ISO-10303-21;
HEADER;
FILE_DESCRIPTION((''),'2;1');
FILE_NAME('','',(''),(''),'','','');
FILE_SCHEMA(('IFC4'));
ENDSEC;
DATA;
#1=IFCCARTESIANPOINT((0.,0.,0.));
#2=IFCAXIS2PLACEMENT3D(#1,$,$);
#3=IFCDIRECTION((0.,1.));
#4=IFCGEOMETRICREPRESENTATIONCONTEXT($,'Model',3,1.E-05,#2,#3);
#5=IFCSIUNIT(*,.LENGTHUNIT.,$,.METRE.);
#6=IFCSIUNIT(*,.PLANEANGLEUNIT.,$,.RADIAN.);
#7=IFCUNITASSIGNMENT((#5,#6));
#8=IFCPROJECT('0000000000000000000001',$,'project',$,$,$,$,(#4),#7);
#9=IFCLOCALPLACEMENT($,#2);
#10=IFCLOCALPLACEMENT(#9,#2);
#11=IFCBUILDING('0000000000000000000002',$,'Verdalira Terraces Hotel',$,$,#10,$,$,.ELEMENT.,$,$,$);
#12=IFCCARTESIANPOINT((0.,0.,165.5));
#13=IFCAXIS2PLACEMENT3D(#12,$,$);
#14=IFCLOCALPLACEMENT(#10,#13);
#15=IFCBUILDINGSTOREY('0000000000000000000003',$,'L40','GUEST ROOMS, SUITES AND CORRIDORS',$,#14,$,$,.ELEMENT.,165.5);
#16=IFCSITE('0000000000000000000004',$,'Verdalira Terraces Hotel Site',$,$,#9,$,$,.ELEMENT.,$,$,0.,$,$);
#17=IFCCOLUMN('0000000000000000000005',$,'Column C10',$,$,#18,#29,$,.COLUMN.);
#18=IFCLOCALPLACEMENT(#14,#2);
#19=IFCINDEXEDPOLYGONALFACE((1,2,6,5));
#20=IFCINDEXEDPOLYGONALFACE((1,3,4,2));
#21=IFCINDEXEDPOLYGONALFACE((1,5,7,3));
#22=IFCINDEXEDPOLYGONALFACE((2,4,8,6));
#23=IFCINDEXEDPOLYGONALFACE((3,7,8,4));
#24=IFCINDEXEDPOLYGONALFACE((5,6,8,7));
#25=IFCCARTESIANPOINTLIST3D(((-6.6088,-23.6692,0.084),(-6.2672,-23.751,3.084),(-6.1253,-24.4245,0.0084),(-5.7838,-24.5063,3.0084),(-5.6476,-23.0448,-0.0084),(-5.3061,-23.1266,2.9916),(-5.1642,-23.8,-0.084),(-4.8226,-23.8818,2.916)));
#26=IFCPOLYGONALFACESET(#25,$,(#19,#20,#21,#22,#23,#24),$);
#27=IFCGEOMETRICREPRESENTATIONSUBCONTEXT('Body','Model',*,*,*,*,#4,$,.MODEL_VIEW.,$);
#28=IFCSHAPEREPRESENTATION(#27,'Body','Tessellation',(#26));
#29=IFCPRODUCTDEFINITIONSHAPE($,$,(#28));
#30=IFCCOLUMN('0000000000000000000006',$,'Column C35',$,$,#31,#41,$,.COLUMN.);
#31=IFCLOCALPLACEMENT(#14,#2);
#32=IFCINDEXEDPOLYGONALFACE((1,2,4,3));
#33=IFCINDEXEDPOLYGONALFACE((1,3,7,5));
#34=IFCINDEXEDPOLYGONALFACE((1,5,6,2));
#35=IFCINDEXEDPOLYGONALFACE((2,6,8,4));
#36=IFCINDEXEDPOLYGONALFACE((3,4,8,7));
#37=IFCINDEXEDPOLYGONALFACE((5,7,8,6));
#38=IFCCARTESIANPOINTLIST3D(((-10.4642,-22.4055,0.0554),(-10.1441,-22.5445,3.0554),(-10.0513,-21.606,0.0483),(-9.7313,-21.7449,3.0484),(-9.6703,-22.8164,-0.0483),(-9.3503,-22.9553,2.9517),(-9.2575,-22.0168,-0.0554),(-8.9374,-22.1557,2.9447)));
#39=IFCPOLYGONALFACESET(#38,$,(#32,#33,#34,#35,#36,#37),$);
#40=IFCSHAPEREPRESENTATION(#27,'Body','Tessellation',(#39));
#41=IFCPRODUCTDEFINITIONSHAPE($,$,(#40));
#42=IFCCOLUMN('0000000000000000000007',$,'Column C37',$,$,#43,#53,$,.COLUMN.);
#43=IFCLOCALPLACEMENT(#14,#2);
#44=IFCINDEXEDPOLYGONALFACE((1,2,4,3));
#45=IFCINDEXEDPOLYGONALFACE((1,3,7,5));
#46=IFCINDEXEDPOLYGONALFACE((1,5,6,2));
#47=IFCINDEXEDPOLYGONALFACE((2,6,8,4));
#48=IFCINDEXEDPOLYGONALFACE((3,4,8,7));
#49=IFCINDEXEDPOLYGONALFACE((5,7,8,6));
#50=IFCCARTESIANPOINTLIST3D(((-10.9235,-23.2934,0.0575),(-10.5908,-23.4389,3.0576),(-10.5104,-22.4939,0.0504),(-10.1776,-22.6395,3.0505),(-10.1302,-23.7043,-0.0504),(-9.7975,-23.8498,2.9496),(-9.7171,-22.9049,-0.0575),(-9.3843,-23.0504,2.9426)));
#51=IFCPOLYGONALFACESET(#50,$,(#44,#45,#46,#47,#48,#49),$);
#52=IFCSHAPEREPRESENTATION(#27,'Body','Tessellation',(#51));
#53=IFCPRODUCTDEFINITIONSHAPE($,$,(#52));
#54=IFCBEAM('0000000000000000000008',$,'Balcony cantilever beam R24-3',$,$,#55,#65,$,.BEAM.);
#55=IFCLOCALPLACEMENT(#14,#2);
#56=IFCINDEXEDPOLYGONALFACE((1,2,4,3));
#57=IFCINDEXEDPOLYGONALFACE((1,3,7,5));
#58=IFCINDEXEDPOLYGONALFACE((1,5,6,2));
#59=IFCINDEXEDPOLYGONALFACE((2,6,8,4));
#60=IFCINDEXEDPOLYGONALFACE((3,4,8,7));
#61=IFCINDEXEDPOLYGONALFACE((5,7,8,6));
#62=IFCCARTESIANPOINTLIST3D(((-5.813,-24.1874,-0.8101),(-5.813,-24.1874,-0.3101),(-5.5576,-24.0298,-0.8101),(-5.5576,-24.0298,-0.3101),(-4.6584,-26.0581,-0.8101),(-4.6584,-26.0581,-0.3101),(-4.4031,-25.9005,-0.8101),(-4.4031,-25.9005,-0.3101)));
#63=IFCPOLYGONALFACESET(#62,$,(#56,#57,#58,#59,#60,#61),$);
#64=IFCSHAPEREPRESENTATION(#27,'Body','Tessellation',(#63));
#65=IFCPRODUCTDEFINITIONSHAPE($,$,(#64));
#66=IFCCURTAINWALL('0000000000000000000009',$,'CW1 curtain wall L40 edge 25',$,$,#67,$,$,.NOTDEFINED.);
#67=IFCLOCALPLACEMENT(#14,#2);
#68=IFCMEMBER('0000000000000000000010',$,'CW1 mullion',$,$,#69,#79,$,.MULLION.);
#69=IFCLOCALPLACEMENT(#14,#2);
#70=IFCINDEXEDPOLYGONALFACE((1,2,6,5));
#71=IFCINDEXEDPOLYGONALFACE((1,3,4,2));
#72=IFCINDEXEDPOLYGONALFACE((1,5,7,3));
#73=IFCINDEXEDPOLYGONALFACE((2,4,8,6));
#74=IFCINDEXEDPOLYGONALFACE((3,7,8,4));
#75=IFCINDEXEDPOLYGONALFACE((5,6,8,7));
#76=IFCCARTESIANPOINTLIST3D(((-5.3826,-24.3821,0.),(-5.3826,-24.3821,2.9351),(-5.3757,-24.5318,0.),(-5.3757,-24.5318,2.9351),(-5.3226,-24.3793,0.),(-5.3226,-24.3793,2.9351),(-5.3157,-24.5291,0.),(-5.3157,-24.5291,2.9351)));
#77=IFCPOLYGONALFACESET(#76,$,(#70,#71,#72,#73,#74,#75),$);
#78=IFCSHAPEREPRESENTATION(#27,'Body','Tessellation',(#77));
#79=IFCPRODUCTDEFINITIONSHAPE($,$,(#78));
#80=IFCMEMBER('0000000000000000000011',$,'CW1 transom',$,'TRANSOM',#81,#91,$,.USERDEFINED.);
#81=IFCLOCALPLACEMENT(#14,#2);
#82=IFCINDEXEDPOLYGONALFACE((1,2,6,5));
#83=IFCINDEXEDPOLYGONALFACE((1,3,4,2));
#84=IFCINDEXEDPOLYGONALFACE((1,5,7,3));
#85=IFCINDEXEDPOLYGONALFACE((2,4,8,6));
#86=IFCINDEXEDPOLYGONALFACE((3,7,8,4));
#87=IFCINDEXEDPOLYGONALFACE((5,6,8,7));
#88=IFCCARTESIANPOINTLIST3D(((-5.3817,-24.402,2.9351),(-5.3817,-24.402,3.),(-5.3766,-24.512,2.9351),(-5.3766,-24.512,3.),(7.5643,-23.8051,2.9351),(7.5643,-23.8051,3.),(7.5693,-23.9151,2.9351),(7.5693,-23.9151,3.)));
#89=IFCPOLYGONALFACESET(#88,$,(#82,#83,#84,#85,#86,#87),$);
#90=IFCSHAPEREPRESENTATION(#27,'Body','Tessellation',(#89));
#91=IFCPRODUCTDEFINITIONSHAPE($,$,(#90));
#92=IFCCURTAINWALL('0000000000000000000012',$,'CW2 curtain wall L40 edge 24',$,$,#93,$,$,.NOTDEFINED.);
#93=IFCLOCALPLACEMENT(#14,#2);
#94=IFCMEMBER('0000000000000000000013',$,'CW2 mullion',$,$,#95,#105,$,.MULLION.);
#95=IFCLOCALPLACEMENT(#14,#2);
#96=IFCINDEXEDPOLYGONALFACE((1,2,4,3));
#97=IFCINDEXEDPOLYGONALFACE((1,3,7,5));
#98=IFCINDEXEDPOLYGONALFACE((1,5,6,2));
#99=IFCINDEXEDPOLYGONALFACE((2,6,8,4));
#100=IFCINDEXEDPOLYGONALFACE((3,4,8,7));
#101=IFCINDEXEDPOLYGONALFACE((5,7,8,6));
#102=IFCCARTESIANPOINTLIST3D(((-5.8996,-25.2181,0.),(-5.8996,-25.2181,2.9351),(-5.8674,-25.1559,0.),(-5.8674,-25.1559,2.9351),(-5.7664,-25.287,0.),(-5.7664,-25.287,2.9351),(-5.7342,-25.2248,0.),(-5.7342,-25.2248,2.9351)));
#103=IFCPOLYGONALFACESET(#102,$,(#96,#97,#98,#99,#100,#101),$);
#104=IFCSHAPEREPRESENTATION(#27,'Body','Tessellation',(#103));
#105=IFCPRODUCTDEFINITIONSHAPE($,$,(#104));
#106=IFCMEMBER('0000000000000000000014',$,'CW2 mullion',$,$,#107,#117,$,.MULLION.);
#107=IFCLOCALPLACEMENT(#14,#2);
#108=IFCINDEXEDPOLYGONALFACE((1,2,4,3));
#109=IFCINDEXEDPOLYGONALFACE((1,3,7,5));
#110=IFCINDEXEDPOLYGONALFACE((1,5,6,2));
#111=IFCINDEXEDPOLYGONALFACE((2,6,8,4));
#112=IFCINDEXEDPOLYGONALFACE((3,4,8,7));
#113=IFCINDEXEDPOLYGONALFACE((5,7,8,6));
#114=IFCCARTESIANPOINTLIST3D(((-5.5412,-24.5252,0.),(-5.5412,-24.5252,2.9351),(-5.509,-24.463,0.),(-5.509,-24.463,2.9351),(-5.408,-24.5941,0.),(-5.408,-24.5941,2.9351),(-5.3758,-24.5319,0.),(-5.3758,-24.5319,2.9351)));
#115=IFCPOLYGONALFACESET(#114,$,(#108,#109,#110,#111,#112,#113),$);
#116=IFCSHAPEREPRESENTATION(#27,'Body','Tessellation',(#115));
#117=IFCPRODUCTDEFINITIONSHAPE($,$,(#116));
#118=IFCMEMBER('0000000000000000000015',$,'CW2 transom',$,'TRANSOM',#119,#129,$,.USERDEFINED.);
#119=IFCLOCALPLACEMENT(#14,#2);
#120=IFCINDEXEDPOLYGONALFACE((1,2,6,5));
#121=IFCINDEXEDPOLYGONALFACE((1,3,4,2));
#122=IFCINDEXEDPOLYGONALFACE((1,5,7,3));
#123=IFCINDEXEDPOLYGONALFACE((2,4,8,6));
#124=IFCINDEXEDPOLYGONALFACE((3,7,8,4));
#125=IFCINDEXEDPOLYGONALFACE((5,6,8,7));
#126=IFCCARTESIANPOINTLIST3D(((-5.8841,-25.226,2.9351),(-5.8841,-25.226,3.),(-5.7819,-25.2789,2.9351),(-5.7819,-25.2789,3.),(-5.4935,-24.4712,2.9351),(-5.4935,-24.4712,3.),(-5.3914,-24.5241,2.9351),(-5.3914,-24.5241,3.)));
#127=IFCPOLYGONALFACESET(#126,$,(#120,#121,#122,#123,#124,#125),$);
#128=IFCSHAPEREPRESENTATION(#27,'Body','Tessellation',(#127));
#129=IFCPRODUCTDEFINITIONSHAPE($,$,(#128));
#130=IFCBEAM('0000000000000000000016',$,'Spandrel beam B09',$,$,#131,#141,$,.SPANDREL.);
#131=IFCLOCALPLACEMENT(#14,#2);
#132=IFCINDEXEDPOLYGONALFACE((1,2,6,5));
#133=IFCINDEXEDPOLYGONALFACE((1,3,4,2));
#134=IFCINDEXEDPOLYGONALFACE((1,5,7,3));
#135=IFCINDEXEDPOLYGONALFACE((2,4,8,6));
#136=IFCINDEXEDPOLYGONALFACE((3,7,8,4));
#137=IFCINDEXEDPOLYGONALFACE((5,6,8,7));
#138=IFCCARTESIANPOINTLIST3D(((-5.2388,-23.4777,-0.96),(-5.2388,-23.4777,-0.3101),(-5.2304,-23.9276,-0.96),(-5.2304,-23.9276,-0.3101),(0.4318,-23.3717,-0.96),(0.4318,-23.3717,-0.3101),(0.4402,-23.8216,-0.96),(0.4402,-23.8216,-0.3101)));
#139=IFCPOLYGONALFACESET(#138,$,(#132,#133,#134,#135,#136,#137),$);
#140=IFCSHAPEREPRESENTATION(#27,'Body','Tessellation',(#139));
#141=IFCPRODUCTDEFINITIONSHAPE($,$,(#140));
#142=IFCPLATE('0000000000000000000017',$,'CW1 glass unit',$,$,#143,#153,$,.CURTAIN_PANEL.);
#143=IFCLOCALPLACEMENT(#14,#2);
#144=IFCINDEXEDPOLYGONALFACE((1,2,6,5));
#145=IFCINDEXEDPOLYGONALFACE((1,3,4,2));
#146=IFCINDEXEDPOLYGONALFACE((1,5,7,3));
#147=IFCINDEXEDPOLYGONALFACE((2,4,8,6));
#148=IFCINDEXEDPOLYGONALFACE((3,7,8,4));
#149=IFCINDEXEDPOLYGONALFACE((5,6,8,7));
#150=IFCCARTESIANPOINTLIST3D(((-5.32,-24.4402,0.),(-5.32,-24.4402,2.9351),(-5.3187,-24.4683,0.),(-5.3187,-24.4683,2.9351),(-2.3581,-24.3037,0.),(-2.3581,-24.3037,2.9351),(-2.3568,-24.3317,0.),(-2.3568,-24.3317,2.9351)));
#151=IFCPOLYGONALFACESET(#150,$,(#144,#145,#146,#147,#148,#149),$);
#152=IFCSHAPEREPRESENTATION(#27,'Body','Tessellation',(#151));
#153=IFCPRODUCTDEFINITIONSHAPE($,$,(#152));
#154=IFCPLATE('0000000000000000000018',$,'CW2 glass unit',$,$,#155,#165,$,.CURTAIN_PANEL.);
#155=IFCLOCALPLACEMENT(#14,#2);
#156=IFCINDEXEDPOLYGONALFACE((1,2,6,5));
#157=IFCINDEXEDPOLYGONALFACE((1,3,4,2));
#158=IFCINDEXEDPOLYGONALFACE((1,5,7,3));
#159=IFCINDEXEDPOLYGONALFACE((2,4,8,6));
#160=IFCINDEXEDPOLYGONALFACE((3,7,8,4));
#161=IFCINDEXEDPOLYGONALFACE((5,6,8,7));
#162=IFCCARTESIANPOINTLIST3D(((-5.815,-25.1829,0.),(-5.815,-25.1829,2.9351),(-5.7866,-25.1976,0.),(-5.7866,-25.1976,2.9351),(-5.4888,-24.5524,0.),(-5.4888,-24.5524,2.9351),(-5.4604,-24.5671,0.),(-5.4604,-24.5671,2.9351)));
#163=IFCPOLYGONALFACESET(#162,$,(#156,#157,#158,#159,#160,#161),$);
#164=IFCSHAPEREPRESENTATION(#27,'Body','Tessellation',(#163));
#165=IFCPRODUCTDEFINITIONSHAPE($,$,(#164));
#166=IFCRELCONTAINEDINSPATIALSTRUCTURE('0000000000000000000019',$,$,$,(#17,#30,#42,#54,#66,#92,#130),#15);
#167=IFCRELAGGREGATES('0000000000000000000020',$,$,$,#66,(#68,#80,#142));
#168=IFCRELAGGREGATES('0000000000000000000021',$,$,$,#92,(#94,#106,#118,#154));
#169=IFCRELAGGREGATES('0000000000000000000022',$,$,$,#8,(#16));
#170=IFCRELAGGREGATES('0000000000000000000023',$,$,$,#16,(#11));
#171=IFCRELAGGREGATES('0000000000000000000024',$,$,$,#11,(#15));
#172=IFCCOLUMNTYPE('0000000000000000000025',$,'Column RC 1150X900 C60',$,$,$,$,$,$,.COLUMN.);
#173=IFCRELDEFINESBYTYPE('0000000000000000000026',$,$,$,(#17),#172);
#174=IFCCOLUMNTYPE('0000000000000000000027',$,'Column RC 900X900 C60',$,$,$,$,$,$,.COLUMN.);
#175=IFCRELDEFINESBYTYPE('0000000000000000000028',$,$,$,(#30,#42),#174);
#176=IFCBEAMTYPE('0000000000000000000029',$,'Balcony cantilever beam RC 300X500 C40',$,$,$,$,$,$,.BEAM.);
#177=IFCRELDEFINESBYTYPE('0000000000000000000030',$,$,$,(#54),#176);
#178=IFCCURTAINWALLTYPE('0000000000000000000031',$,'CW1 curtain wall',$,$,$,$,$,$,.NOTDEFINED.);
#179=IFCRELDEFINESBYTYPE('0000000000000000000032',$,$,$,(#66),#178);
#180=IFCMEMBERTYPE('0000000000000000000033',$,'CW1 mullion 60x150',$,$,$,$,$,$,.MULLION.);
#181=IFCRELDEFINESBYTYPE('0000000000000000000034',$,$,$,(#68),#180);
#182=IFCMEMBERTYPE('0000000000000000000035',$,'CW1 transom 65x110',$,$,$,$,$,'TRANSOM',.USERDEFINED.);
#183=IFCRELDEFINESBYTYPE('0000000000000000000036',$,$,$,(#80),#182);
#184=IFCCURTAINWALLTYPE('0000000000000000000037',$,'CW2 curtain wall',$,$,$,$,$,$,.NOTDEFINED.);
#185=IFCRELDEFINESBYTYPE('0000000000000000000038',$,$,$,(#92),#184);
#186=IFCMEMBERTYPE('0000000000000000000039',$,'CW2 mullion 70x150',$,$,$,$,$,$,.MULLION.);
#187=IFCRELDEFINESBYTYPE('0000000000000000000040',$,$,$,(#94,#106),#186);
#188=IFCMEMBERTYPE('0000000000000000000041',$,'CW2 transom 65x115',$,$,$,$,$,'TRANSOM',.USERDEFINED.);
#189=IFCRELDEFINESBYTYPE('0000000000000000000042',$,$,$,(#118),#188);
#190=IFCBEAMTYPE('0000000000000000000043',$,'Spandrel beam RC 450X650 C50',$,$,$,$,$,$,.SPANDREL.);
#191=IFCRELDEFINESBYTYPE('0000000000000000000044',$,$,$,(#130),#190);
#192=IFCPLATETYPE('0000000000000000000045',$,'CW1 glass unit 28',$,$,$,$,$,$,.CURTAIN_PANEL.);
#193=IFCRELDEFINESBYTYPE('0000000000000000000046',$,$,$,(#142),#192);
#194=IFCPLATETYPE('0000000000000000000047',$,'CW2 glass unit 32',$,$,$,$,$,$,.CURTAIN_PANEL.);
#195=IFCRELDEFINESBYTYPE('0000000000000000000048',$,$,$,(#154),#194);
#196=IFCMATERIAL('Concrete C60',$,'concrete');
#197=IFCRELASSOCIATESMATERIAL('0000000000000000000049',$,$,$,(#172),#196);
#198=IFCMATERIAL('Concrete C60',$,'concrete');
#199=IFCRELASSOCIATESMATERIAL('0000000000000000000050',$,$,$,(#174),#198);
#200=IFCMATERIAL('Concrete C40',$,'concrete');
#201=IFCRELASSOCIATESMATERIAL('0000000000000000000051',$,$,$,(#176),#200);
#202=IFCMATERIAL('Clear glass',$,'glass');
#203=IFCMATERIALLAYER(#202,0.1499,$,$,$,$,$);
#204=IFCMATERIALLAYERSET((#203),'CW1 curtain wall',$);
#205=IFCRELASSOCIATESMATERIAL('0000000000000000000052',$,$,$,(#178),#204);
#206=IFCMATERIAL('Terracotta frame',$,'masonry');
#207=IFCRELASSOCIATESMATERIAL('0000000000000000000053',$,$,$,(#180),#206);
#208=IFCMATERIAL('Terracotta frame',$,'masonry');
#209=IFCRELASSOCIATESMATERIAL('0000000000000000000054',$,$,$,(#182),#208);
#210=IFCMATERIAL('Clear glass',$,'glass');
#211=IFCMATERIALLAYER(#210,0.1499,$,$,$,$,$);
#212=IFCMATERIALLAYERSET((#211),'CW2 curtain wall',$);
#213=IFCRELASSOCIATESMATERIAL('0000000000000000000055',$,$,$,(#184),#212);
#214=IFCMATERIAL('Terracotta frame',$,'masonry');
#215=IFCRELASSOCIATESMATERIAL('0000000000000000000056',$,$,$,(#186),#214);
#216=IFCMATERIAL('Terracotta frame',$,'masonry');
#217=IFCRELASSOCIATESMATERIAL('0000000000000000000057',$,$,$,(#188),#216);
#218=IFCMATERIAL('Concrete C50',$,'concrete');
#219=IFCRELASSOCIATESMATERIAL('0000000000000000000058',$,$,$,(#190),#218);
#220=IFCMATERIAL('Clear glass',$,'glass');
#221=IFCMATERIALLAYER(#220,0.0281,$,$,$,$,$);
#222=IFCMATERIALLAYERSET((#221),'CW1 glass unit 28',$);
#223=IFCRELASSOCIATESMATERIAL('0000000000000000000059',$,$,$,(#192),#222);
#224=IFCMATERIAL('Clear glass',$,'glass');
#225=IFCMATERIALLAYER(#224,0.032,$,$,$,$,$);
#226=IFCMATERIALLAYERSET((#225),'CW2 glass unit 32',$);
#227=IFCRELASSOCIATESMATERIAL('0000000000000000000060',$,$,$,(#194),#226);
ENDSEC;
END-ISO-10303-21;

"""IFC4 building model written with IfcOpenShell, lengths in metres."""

from ifc_helpers import new_model, si_unit, direction, frame, origin, origin_2d, place, context, subcontext, project, spatial, rectangle, extrude, material, layer, layer_set, material_profile, profile_set, type_object, element, aggregate, save


model = new_model("IFC4")

# Units and contexts
model_context = context("Model", 3, precision=1e-05, world=origin(), true_north=direction((0.0, 1.0)))
body_context = subcontext(model_context, "Body", "Model", "MODEL_VIEW")
ifc_project = project(units=[si_unit("LENGTHUNIT", "METRE"), si_unit("PLANEANGLEUNIT", "RADIAN")], contexts=[model_context])

# Site, building, storey
site_placement = place(None, origin())
site = spatial("IfcSite", under=ifc_project, at=site_placement, Name="Verdalira Terraces Hotel Site", CompositionType="ELEMENT", RefElevation=0.0)
building_placement = place(site_placement, origin())
building = spatial("IfcBuilding", under=site, at=building_placement, Name="Verdalira Terraces Hotel", CompositionType="ELEMENT")
storey_placement = place(building_placement, frame((0.0, 0.0, 165.5)))
storey = spatial("IfcBuildingStorey", under=building, at=storey_placement, Name="L40", Description="GUEST ROOMS, SUITES AND CORRIDORS", CompositionType="ELEMENT", Elevation=165.5)

# Columns
ifc_material_1 = material(Name="Concrete C60", Category="concrete")
ifc_material_profile_1 = material_profile(ifc_material_1, rectangle(XDim=1.1499, YDim=0.8999, at=origin_2d()), Name="RC 1150X900")
ifc_profile_set_1 = profile_set([ifc_material_profile_1], Name="Concrete C60")
column_type_1 = type_object("IfcColumnType", Name="Column RC 1150X900 C60", PredefinedType="COLUMN", material=ifc_profile_set_1)
column_1_placement = place(storey_placement, frame((-5.8865, -23.7346, 0.0), z_axis=(0.113079, -0.027077, 0.993217), x_axis=(-0.835843, -0.543055, 0.080357)))
element("IfcColumn", 1, at=column_1_placement, inside=storey, type_object=column_type_1, Name="Column C10", PredefinedType="COLUMN", context=body_context, shape_type="SweptSolid", body=[
    extrude(rectangle(XDim=1.1499, YDim=0.8999, at=origin_2d()), origin(), (0.0, 0.0, 1.0), 3.0205),
])
ifc_material_2 = material(Name="Concrete C60", Category="concrete")
ifc_material_profile_2 = material_profile(ifc_material_2, rectangle(XDim=0.8999, YDim=0.8999, at=origin_2d()), Name="RC 900X900")
ifc_profile_set_2 = profile_set([ifc_material_profile_2], Name="Concrete C60")
column_type_2 = type_object("IfcColumnType", Name="Column RC 900X900 C60", PredefinedType="COLUMN", material=ifc_profile_set_2)
column_2_placement = place(storey_placement, frame((-9.8608, -22.2112, 0.0), z_axis=(0.105975, -0.045995, 0.993304), x_axis=(-0.458799, -0.888506, 0.007806)))
element("IfcColumn", 2, at=column_2_placement, inside=storey, type_object=column_type_2, Name="Column C35", PredefinedType="COLUMN", context=body_context, shape_type="SweptSolid", body=[
    extrude(rectangle(XDim=0.8999, YDim=0.8999, at=origin_2d()), origin(), (0.0, 0.0, 1.0), 3.0203),
])
column_3_placement = place(storey_placement, frame((-10.3203, -23.0991, 0.0), z_axis=(0.110117, -0.048151, 0.992752), x_axis=(-0.459095, -0.888353, 0.007836)))
element("IfcColumn", 3, at=column_3_placement, inside=storey, type_object=column_type_2, Name="Column C37", PredefinedType="COLUMN", context=body_context, shape_type="SweptSolid", body=[
    extrude(rectangle(XDim=0.8999, YDim=0.8999, at=origin_2d()), origin(), (0.0, 0.0, 1.0), 3.022),
])

# Beam
ifc_material_3 = material(Name="Concrete C40", Category="concrete")
ifc_material_profile_3 = material_profile(ifc_material_3, rectangle(XDim=0.3, YDim=0.5, at=origin_2d()), Name="RC 300X500")
ifc_profile_set_3 = profile_set([ifc_material_profile_3], Name="Concrete C40")
beam_type_1 = type_object("IfcBeamType", Name="Balcony cantilever beam RC 300X500 C40", PredefinedType="BEAM", material=ifc_profile_set_3)
beam_1_placement = place(storey_placement, frame((-5.6853, -24.1086, -0.5601), z_axis=(0.525219, -0.850967, 0.0), x_axis=(0.850967, 0.525219, 0.0)))
element("IfcBeam", 4, at=beam_1_placement, inside=storey, type_object=beam_type_1, Name="Balcony cantilever beam R24-3", PredefinedType="BEAM", context=body_context, shape_type="SweptSolid", body=[
    extrude(rectangle(XDim=0.3, YDim=0.5, at=origin_2d()), origin(), (0.0, 0.0, 1.0), 2.1982),
])

# Curtain walls, members
ifc_material_4 = material(Name="Clear glass", Category="glass")
ifc_layer_1 = layer(ifc_material_4, 0.1499)
ifc_layer_set_1 = layer_set([ifc_layer_1], Name="CW1 curtain wall")
curtain_wall_type_1 = type_object("IfcCurtainWallType", Name="CW1 curtain wall", PredefinedType="NOTDEFINED", material=ifc_layer_set_1)
curtain_wall_1_placement = place(storey_placement, origin())
curtain_wall_1 = element("IfcCurtainWall", 5, at=curtain_wall_1_placement, inside=storey, type_object=curtain_wall_type_1, Name="CW1 curtain wall L40 edge 25", PredefinedType="NOTDEFINED")
ifc_material_5 = material(Name="Terracotta frame", Category="masonry")
ifc_material_profile_4 = material_profile(ifc_material_5, rectangle(XDim=0.0601, YDim=0.1499, at=origin_2d()), Name="MU 60x150")
ifc_profile_set_4 = profile_set([ifc_material_profile_4], Name="Terracotta frame")
member_type_1 = type_object("IfcMemberType", Name="CW1 mullion 60x150", PredefinedType="MULLION", material=ifc_profile_set_4)
member_1_placement = place(storey_placement, frame((-5.3491, -24.4556, 0.0), z_axis=(0.0, 0.0, 1.0), x_axis=(0.998939, 0.04606, 0.0)))
member_1 = element("IfcMember", 6, at=member_1_placement, type_object=member_type_1, Name="CW1 mullion", PredefinedType="MULLION", context=body_context, shape_type="SweptSolid", body=[
    extrude(rectangle(XDim=0.0601, YDim=0.1499, at=origin_2d()), origin(), (0.0, 0.0, 1.0), 2.9351),
])
ifc_material_6 = material(Name="Terracotta frame", Category="masonry")
ifc_material_profile_5 = material_profile(ifc_material_6, rectangle(XDim=0.1101, YDim=0.0649, at=origin_2d()), Name="TR 65x110")
ifc_profile_set_5 = profile_set([ifc_material_profile_5], Name="Terracotta frame")
member_type_2 = type_object("IfcMemberType", Name="CW1 transom 65x110", ElementType="TRANSOM", PredefinedType="USERDEFINED", material=ifc_profile_set_5)
member_2_placement = place(storey_placement, frame((-5.3792, -24.457, 2.9675), z_axis=(0.998939, 0.04606, 0.0), x_axis=(-0.04606, 0.998939, 0.0)))
member_2 = element("IfcMember", 7, at=member_2_placement, type_object=member_type_2, Name="CW1 transom", ObjectType="TRANSOM", PredefinedType="USERDEFINED", context=body_context, shape_type="SweptSolid", body=[
    extrude(rectangle(XDim=0.1101, YDim=0.0649, at=origin_2d()), origin(), (0.0, 0.0, 1.0), 12.9597),
])
ifc_material_7 = material(Name="Clear glass", Category="glass")
ifc_layer_2 = layer(ifc_material_7, 0.1499)
ifc_layer_set_2 = layer_set([ifc_layer_2], Name="CW2 curtain wall")
curtain_wall_type_2 = type_object("IfcCurtainWallType", Name="CW2 curtain wall", PredefinedType="NOTDEFINED", material=ifc_layer_set_2)
curtain_wall_2_placement = place(storey_placement, origin())
curtain_wall_2 = element("IfcCurtainWall", 8, at=curtain_wall_2_placement, inside=storey, type_object=curtain_wall_type_2, Name="CW2 curtain wall L40 edge 24", PredefinedType="NOTDEFINED")
ifc_material_8 = material(Name="Terracotta frame", Category="masonry")
ifc_material_profile_6 = material_profile(ifc_material_8, rectangle(XDim=0.0701, YDim=0.1499, at=origin_2d()), Name="MU 70x150")
ifc_profile_set_6 = profile_set([ifc_material_profile_6], Name="Terracotta frame")
member_type_3 = type_object("IfcMemberType", Name="CW2 mullion 70x150", PredefinedType="MULLION", material=ifc_profile_set_6)
member_3_placement = place(storey_placement, frame((-5.8169, -25.2214, 0.0), z_axis=(0.0, 0.0, 1.0), x_axis=(0.45958, 0.888136, 0.0)))
member_3 = element("IfcMember", 9, at=member_3_placement, type_object=member_type_3, Name="CW2 mullion", PredefinedType="MULLION", context=body_context, shape_type="SweptSolid", body=[
    extrude(rectangle(XDim=0.0701, YDim=0.1499, at=origin_2d()), origin(), (0.0, 0.0, 1.0), 2.9351),
])
member_4_placement = place(storey_placement, frame((-5.4585, -24.5286, 0.0), z_axis=(0.0, 0.0, 1.0), x_axis=(0.45958, 0.888136, 0.0)))
member_4 = element("IfcMember", 10, at=member_4_placement, type_object=member_type_3, Name="CW2 mullion", PredefinedType="MULLION", context=body_context, shape_type="SweptSolid", body=[
    extrude(rectangle(XDim=0.0701, YDim=0.1499, at=origin_2d()), origin(), (0.0, 0.0, 1.0), 2.9351),
])
ifc_material_9 = material(Name="Terracotta frame", Category="masonry")
ifc_material_profile_7 = material_profile(ifc_material_9, rectangle(XDim=0.115, YDim=0.0649, at=origin_2d()), Name="TR 65x115")
ifc_profile_set_7 = profile_set([ifc_material_profile_7], Name="Terracotta frame")
member_type_4 = type_object("IfcMemberType", Name="CW2 transom 65x115", ElementType="TRANSOM", PredefinedType="USERDEFINED", material=ifc_profile_set_7)
member_5_placement = place(storey_placement, frame((-5.833, -25.2524, 2.9675), z_axis=(0.459579, 0.888137, 0.0), x_axis=(-0.888137, 0.459579, 0.0)))
member_5 = element("IfcMember", 11, at=member_5_placement, type_object=member_type_4, Name="CW2 transom", ObjectType="TRANSOM", PredefinedType="USERDEFINED", context=body_context, shape_type="SweptSolid", body=[
    extrude(rectangle(XDim=0.115, YDim=0.0649, at=origin_2d()), origin(), (0.0, 0.0, 1.0), 0.8499),
])

# Beam
ifc_material_10 = material(Name="Concrete C50", Category="concrete")
ifc_material_profile_8 = material_profile(ifc_material_10, rectangle(XDim=0.45, YDim=0.6499, at=origin_2d()), Name="RC 450X650")
ifc_profile_set_8 = profile_set([ifc_material_profile_8], Name="Concrete C50")
beam_type_2 = type_object("IfcBeamType", Name="Spandrel beam RC 450X650 C50", PredefinedType="SPANDREL", material=ifc_profile_set_8)
beam_2_placement = place(storey_placement, frame((-5.2346, -23.7026, -0.635), z_axis=(0.999825, 0.018682, 0.0), x_axis=(-0.018682, 0.999825, 0.0)))
element("IfcBeam", 12, at=beam_2_placement, inside=storey, type_object=beam_type_2, Name="Spandrel beam B09", PredefinedType="SPANDREL", context=body_context, shape_type="SweptSolid", body=[
    extrude(rectangle(XDim=0.45, YDim=0.6499, at=origin_2d()), origin(), (0.0, 0.0, 1.0), 5.6716),
])

# Plates
ifc_material_11 = material(Name="Clear glass", Category="glass")
ifc_layer_3 = layer(ifc_material_11, 0.0281)
ifc_layer_set_3 = layer_set([ifc_layer_3], Name="CW1 glass unit 28")
plate_type_1 = type_object("IfcPlateType", Name="CW1 glass unit 28", PredefinedType="CURTAIN_PANEL", material=ifc_layer_set_3)
plate_1_placement = place(storey_placement, frame((-3.8384, -24.386, 0.0), z_axis=(0.0, 0.0, 1.0), x_axis=(0.998939, 0.04606, 0.0)))
plate_1 = element("IfcPlate", 13, at=plate_1_placement, type_object=plate_type_1, Name="CW1 glass unit", PredefinedType="CURTAIN_PANEL", context=body_context, shape_type="SweptSolid", body=[
    extrude(rectangle(XDim=2.9651, YDim=0.0281, at=origin_2d()), origin(), (0.0, 0.0, 1.0), 2.9351),
])
aggregate(curtain_wall_1, [member_1, member_2, plate_1])
ifc_material_12 = material(Name="Clear glass", Category="glass")
ifc_layer_4 = layer(ifc_material_12, 0.032)
ifc_layer_set_4 = layer_set([ifc_layer_4], Name="CW2 glass unit 32")
plate_type_2 = type_object("IfcPlateType", Name="CW2 glass unit 32", PredefinedType="CURTAIN_PANEL", material=ifc_layer_set_4)
plate_2_placement = place(storey_placement, frame((-5.6377, -24.875, 0.0), z_axis=(0.0, 0.0, 1.0), x_axis=(0.45958, 0.888136, 0.0)))
plate_2 = element("IfcPlate", 14, at=plate_2_placement, type_object=plate_type_2, Name="CW2 glass unit", PredefinedType="CURTAIN_PANEL", context=body_context, shape_type="SweptSolid", body=[
    extrude(rectangle(XDim=0.71, YDim=0.032, at=origin_2d()), origin(), (0.0, 0.0, 1.0), 2.9351),
])
aggregate(curtain_wall_2, [member_3, member_4, member_5, plate_2])

save(model, "model.ifc")
